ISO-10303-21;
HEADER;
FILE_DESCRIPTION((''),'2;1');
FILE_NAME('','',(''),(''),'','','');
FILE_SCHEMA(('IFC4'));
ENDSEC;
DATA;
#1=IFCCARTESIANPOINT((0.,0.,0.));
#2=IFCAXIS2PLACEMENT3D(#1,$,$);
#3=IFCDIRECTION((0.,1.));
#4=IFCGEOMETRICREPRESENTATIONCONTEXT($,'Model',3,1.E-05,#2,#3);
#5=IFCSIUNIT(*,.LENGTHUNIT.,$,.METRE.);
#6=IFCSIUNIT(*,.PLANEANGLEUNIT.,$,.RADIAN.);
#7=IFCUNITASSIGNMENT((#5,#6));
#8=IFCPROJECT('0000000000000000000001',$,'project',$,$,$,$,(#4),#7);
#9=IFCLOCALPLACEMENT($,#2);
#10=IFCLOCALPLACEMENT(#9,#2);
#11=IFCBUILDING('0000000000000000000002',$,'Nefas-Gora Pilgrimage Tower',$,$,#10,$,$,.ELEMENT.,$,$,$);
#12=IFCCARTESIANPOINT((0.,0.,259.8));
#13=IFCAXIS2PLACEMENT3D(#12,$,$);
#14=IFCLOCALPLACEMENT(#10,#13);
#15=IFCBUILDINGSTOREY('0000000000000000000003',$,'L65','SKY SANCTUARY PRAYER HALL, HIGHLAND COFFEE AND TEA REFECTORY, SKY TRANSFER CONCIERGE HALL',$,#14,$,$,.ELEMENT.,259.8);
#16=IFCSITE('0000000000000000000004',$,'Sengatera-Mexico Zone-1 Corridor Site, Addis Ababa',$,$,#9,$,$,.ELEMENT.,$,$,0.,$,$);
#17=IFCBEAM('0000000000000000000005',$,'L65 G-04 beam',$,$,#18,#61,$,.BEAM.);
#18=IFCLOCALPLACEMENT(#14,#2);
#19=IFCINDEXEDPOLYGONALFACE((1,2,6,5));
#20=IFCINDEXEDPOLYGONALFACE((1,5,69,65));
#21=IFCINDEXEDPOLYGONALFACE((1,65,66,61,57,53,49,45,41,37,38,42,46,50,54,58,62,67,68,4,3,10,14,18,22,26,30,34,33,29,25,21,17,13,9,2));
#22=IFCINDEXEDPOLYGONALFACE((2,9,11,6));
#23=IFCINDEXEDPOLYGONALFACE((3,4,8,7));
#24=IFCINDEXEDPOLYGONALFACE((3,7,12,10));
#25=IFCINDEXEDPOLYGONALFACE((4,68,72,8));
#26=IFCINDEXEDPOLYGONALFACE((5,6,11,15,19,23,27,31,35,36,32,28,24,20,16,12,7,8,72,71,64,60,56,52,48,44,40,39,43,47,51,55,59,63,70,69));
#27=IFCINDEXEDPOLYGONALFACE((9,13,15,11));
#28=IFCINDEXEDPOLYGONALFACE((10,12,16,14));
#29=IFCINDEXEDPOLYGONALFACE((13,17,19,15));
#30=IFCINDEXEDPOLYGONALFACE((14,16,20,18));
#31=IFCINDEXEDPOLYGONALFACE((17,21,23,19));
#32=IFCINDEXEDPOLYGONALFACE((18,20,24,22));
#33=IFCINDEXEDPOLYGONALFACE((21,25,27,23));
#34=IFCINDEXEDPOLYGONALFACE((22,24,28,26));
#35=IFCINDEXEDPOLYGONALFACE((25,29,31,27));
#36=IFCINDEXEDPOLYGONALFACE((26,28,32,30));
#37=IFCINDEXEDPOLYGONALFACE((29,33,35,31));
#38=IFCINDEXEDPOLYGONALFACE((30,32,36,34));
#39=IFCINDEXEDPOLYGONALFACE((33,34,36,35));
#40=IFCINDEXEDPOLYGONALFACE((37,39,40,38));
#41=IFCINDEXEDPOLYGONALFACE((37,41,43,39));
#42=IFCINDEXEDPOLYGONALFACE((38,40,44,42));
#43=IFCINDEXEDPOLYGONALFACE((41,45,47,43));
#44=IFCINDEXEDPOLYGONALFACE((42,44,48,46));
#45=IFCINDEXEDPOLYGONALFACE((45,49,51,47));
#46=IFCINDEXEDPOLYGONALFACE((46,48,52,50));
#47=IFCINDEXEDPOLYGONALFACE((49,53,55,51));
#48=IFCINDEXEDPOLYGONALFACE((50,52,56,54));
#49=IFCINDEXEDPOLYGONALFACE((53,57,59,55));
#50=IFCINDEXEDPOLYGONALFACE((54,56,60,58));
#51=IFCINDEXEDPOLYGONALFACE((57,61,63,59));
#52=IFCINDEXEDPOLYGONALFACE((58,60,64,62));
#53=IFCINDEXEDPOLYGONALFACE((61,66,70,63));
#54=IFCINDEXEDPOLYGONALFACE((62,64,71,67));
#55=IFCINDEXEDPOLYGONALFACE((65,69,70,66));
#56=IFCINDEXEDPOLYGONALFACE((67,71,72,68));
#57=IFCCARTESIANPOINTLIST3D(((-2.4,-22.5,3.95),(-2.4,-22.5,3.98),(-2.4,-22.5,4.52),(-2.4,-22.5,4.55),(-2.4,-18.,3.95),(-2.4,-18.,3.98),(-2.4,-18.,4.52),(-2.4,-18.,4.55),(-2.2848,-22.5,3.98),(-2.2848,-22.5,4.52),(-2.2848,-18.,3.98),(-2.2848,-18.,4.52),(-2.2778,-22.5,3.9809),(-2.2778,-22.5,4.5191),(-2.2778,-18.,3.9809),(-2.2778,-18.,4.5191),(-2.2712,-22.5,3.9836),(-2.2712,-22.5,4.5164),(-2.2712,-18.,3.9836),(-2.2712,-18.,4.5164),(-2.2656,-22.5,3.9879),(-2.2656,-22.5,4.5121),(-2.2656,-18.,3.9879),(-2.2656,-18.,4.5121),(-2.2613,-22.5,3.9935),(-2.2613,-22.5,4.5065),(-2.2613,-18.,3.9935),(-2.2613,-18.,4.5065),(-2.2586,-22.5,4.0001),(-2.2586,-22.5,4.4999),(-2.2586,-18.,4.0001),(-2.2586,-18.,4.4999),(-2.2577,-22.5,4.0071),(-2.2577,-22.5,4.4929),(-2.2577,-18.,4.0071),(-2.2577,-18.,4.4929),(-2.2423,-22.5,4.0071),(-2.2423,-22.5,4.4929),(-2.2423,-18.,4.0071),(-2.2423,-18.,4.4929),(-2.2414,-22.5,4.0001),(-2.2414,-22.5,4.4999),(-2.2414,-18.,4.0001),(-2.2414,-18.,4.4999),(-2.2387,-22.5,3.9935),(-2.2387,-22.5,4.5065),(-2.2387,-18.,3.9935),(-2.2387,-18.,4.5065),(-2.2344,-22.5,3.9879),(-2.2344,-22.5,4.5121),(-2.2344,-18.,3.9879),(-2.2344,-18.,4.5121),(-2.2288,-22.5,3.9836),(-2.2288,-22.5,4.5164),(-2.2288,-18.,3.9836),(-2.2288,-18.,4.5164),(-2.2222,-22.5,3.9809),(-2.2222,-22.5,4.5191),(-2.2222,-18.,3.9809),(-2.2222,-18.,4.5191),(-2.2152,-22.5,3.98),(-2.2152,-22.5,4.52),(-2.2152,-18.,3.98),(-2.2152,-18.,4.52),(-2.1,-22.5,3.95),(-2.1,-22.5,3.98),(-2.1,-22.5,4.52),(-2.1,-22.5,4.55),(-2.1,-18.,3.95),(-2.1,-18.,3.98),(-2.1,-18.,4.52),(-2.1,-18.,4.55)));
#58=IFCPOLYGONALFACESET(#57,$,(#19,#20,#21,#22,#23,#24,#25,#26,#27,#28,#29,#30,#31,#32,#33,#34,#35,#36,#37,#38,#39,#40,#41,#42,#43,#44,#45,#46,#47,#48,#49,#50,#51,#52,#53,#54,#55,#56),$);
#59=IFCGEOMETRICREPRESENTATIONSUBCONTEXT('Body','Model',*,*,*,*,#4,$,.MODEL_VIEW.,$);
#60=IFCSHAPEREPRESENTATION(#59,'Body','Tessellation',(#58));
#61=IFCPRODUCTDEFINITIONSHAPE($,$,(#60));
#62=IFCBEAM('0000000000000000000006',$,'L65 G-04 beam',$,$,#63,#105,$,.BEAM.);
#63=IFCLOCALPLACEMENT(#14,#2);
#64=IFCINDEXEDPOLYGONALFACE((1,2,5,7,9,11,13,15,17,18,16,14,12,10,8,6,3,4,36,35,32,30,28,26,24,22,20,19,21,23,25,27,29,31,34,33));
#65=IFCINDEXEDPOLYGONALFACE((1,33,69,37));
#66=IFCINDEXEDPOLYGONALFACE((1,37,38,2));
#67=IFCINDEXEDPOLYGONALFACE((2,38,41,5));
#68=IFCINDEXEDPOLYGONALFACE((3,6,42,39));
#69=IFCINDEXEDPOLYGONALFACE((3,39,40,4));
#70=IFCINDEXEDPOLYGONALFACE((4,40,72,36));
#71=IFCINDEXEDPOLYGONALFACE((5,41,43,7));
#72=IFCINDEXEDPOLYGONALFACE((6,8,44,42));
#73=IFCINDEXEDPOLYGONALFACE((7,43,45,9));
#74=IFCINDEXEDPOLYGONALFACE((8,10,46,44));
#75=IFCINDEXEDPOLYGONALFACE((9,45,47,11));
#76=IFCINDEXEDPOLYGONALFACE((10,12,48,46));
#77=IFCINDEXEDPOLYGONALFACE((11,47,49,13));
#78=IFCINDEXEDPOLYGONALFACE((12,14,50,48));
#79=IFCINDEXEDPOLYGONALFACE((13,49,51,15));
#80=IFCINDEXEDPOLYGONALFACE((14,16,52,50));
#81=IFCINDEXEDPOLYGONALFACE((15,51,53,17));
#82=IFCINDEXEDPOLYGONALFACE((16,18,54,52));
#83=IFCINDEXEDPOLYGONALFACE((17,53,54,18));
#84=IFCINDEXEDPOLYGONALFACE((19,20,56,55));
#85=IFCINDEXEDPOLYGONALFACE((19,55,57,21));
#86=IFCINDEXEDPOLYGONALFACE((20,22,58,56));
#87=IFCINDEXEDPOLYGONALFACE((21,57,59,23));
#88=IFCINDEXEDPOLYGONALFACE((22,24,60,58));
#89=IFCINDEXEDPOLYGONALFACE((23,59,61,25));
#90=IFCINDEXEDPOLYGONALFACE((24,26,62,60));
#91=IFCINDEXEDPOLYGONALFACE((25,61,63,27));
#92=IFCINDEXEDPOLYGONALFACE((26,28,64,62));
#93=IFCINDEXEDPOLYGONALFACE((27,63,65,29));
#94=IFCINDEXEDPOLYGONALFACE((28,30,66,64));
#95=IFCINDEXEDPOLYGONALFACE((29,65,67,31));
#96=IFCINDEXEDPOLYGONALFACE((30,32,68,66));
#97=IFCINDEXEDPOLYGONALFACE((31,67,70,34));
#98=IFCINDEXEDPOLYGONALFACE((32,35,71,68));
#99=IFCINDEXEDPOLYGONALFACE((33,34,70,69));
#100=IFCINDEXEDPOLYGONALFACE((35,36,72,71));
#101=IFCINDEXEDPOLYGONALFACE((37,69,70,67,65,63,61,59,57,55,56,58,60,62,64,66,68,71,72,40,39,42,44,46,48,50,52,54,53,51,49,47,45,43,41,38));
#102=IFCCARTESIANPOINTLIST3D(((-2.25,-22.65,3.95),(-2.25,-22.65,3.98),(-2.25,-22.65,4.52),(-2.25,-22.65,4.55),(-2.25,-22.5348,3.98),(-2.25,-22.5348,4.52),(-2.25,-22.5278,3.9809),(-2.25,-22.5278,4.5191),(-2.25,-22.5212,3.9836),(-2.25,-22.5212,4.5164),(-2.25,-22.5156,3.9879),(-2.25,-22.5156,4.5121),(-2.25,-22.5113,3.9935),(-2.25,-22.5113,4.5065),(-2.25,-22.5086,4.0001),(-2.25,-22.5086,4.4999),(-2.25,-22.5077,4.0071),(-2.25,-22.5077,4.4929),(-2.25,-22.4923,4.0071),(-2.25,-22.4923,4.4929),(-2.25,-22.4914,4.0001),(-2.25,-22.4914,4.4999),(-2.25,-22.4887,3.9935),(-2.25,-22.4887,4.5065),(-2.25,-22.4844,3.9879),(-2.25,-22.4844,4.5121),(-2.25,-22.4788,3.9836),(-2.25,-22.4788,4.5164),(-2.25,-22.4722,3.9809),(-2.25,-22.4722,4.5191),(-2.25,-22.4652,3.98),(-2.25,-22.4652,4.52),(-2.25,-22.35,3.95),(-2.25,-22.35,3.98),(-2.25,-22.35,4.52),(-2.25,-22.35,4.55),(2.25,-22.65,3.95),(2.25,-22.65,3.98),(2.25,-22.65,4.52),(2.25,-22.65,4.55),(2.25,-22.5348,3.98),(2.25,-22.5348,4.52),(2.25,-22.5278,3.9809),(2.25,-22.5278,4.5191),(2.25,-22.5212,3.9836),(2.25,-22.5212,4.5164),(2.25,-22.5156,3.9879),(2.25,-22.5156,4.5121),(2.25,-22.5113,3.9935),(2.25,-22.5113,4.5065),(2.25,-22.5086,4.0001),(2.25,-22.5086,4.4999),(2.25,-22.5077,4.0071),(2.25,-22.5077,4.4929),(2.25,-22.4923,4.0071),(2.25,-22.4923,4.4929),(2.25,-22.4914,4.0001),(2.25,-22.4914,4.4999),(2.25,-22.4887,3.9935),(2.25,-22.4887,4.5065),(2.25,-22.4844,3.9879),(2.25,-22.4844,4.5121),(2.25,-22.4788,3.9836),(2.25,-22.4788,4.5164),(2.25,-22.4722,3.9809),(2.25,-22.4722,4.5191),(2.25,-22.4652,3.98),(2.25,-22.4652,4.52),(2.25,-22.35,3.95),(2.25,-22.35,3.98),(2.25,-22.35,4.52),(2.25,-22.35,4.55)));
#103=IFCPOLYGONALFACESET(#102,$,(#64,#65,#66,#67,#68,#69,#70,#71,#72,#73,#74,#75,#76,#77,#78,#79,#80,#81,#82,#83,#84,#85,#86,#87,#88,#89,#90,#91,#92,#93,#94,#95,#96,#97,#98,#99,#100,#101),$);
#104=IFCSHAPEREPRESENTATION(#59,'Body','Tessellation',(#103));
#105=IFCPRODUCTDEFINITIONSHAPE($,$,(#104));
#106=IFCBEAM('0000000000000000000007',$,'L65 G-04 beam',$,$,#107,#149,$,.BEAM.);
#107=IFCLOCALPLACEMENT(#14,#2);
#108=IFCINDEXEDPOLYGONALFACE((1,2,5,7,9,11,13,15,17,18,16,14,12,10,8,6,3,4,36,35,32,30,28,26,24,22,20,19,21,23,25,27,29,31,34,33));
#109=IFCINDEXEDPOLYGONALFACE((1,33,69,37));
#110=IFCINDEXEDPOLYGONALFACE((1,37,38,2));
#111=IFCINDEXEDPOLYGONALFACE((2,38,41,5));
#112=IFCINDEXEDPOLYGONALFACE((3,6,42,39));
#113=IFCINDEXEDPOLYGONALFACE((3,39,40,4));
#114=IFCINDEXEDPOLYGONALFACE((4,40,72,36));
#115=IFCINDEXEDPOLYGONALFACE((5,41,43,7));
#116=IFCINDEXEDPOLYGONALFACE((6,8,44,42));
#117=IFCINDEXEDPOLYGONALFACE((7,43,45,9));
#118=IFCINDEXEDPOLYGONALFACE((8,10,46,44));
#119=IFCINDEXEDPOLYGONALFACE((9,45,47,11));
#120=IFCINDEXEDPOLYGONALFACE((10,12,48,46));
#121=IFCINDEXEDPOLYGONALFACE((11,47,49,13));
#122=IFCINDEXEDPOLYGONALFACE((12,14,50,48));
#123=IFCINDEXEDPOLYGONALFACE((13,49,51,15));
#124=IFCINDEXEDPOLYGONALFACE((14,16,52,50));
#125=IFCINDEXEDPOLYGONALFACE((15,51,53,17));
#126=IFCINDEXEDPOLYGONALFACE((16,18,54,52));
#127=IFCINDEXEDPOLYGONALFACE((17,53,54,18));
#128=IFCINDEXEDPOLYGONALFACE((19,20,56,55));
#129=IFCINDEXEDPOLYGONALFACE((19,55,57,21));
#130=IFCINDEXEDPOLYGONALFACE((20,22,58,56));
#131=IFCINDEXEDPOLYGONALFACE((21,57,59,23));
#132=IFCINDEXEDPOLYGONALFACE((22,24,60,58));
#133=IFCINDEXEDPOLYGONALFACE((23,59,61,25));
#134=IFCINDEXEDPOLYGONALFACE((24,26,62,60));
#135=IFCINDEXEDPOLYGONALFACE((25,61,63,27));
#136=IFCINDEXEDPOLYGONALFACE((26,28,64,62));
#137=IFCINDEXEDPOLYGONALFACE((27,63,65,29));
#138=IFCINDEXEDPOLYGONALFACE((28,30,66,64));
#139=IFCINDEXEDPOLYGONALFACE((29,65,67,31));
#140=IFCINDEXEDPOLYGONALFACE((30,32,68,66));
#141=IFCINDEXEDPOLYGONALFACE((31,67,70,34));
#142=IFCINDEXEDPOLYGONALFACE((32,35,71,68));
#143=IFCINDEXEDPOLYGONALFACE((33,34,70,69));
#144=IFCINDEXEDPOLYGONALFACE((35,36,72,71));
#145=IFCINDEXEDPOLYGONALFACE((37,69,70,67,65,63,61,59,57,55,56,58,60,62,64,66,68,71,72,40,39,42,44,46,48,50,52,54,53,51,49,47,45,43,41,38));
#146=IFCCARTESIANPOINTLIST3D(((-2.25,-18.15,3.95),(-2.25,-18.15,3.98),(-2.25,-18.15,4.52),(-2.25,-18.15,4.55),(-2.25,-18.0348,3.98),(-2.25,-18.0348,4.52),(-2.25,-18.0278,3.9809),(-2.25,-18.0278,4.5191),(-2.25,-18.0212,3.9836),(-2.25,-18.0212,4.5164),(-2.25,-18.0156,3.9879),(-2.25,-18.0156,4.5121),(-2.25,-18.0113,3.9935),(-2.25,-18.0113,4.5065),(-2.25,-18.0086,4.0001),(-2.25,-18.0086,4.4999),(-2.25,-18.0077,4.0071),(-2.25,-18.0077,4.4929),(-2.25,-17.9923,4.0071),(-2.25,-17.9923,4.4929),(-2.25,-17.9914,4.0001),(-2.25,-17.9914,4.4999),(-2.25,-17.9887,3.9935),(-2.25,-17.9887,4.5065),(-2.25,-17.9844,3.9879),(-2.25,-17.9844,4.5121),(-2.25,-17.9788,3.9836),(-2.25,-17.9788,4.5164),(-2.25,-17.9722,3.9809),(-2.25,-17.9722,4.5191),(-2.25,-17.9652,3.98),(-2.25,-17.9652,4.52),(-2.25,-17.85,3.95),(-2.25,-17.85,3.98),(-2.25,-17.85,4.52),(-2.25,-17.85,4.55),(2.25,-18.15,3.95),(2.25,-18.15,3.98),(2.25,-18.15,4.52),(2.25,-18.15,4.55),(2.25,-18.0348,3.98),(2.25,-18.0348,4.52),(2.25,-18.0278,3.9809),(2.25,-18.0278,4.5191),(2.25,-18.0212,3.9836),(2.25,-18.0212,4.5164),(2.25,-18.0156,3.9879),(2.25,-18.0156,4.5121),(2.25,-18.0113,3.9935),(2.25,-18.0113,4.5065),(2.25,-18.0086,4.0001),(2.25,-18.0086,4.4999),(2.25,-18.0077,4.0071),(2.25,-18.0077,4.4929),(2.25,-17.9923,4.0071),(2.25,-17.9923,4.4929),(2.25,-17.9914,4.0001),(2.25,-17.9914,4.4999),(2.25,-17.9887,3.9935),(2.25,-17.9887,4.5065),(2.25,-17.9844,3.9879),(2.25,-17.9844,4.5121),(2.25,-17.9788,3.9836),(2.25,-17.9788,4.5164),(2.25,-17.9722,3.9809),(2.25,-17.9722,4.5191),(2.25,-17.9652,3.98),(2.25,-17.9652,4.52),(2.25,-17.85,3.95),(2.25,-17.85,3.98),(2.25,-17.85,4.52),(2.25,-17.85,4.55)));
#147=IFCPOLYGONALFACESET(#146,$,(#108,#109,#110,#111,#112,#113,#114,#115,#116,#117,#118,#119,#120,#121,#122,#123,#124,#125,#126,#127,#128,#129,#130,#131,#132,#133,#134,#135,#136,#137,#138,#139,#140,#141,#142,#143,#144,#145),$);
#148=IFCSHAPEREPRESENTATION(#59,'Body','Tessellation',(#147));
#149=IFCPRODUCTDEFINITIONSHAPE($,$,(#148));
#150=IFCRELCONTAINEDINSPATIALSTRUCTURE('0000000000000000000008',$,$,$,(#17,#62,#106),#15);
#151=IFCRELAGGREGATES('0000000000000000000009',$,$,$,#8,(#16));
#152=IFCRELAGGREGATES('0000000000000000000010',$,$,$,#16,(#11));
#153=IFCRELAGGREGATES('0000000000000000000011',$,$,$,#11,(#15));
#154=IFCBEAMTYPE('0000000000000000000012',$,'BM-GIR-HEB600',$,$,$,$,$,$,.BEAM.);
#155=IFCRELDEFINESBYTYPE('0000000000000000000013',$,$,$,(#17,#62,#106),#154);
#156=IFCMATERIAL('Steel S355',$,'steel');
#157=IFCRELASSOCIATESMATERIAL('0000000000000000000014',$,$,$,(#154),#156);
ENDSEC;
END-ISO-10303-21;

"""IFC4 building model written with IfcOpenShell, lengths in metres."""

from ifc_helpers import new_model, si_unit, direction, frame, origin, origin_2d, place, context, subcontext, project, spatial, i_section, extrude, source, transform, mapped, material, material_profile, profile_set, type_object, element, save


model = new_model("IFC4")

# Units and contexts
model_context = context("Model", 3, precision=1e-05, world=origin(), true_north=direction((0.0, 1.0)))
body_context = subcontext(model_context, "Body", "Model", "MODEL_VIEW")
ifc_project = project(units=[si_unit("LENGTHUNIT", "METRE"), si_unit("PLANEANGLEUNIT", "RADIAN")], contexts=[model_context])

# Site, building, storey
site_placement = place(None, origin())
site = spatial("IfcSite", under=ifc_project, at=site_placement, Name="Sengatera-Mexico Zone-1 Corridor Site, Addis Ababa", CompositionType="ELEMENT", RefElevation=0.0)
building_placement = place(site_placement, origin())
building = spatial("IfcBuilding", under=site, at=building_placement, Name="Nefas-Gora Pilgrimage Tower", CompositionType="ELEMENT")
storey_placement = place(building_placement, frame((0.0, 0.0, 259.8)))
storey = spatial("IfcBuildingStorey", under=building, at=storey_placement, Name="L65", Description="SKY SANCTUARY PRAYER HALL, HIGHLAND COFFEE AND TEA REFECTORY, SKY TRANSFER CONCIERGE HALL", CompositionType="ELEMENT", Elevation=259.8)

# Beams
ifc_material_1 = material(Name="Steel S355", Category="steel")
ifc_material_profile_1 = material_profile(ifc_material_1, i_section(OverallWidth=0.3, OverallDepth=0.6001, WebThickness=0.0154, FlangeThickness=0.03, FilletRadius=0.0271, at=origin_2d()), Name="HEB 600")
ifc_profile_set_1 = profile_set([ifc_material_profile_1], Name="Steel S355")
beam_type = type_object("IfcBeamType", Name="BM-GIR-HEB600", PredefinedType="BEAM", material=ifc_profile_set_1)
shared_shape_1 = source(origin(), body_context, "Body", "SweptSolid", [
    extrude(i_section(OverallWidth=0.3, OverallDepth=0.6001, WebThickness=0.0154, FlangeThickness=0.03, FilletRadius=0.0271, at=origin_2d()), origin(), (0.0, 0.0, 1.0), 4.5),
])
for number, where, z_axis, x_axis, name in (
    (1, (-2.25, -22.5, 4.25), (0.0, 1.0, 0.0), (-1.0, 0.0, 0.0), "L65 G-04 beam"),
    (2, (-2.25, -22.5, 4.25), (1.0, 0.0, 0.0), (0.0, 1.0, 0.0), "L65 G-04 beam"),
    (3, (-2.25, -18.0, 4.25), (1.0, 0.0, 0.0), (0.0, 1.0, 0.0), "L65 G-04 beam"),
):
    element("IfcBeam", number, at=place(storey_placement, frame(where, z_axis=z_axis, x_axis=x_axis)), inside=storey, type_object=beam_type, Name=name, PredefinedType="BEAM", context=body_context, shape_type="MappedRepresentation", body=[
        mapped(shared_shape_1, transform((0.0, 0.0, 0.0), x_axis=(1.0, 0.0, 0.0), y_axis=(0.0, 1.0, 0.0), z_axis=(0.0, 0.0, 1.0), scale=1.0)),
    ])

save(model, "model.ifc")
